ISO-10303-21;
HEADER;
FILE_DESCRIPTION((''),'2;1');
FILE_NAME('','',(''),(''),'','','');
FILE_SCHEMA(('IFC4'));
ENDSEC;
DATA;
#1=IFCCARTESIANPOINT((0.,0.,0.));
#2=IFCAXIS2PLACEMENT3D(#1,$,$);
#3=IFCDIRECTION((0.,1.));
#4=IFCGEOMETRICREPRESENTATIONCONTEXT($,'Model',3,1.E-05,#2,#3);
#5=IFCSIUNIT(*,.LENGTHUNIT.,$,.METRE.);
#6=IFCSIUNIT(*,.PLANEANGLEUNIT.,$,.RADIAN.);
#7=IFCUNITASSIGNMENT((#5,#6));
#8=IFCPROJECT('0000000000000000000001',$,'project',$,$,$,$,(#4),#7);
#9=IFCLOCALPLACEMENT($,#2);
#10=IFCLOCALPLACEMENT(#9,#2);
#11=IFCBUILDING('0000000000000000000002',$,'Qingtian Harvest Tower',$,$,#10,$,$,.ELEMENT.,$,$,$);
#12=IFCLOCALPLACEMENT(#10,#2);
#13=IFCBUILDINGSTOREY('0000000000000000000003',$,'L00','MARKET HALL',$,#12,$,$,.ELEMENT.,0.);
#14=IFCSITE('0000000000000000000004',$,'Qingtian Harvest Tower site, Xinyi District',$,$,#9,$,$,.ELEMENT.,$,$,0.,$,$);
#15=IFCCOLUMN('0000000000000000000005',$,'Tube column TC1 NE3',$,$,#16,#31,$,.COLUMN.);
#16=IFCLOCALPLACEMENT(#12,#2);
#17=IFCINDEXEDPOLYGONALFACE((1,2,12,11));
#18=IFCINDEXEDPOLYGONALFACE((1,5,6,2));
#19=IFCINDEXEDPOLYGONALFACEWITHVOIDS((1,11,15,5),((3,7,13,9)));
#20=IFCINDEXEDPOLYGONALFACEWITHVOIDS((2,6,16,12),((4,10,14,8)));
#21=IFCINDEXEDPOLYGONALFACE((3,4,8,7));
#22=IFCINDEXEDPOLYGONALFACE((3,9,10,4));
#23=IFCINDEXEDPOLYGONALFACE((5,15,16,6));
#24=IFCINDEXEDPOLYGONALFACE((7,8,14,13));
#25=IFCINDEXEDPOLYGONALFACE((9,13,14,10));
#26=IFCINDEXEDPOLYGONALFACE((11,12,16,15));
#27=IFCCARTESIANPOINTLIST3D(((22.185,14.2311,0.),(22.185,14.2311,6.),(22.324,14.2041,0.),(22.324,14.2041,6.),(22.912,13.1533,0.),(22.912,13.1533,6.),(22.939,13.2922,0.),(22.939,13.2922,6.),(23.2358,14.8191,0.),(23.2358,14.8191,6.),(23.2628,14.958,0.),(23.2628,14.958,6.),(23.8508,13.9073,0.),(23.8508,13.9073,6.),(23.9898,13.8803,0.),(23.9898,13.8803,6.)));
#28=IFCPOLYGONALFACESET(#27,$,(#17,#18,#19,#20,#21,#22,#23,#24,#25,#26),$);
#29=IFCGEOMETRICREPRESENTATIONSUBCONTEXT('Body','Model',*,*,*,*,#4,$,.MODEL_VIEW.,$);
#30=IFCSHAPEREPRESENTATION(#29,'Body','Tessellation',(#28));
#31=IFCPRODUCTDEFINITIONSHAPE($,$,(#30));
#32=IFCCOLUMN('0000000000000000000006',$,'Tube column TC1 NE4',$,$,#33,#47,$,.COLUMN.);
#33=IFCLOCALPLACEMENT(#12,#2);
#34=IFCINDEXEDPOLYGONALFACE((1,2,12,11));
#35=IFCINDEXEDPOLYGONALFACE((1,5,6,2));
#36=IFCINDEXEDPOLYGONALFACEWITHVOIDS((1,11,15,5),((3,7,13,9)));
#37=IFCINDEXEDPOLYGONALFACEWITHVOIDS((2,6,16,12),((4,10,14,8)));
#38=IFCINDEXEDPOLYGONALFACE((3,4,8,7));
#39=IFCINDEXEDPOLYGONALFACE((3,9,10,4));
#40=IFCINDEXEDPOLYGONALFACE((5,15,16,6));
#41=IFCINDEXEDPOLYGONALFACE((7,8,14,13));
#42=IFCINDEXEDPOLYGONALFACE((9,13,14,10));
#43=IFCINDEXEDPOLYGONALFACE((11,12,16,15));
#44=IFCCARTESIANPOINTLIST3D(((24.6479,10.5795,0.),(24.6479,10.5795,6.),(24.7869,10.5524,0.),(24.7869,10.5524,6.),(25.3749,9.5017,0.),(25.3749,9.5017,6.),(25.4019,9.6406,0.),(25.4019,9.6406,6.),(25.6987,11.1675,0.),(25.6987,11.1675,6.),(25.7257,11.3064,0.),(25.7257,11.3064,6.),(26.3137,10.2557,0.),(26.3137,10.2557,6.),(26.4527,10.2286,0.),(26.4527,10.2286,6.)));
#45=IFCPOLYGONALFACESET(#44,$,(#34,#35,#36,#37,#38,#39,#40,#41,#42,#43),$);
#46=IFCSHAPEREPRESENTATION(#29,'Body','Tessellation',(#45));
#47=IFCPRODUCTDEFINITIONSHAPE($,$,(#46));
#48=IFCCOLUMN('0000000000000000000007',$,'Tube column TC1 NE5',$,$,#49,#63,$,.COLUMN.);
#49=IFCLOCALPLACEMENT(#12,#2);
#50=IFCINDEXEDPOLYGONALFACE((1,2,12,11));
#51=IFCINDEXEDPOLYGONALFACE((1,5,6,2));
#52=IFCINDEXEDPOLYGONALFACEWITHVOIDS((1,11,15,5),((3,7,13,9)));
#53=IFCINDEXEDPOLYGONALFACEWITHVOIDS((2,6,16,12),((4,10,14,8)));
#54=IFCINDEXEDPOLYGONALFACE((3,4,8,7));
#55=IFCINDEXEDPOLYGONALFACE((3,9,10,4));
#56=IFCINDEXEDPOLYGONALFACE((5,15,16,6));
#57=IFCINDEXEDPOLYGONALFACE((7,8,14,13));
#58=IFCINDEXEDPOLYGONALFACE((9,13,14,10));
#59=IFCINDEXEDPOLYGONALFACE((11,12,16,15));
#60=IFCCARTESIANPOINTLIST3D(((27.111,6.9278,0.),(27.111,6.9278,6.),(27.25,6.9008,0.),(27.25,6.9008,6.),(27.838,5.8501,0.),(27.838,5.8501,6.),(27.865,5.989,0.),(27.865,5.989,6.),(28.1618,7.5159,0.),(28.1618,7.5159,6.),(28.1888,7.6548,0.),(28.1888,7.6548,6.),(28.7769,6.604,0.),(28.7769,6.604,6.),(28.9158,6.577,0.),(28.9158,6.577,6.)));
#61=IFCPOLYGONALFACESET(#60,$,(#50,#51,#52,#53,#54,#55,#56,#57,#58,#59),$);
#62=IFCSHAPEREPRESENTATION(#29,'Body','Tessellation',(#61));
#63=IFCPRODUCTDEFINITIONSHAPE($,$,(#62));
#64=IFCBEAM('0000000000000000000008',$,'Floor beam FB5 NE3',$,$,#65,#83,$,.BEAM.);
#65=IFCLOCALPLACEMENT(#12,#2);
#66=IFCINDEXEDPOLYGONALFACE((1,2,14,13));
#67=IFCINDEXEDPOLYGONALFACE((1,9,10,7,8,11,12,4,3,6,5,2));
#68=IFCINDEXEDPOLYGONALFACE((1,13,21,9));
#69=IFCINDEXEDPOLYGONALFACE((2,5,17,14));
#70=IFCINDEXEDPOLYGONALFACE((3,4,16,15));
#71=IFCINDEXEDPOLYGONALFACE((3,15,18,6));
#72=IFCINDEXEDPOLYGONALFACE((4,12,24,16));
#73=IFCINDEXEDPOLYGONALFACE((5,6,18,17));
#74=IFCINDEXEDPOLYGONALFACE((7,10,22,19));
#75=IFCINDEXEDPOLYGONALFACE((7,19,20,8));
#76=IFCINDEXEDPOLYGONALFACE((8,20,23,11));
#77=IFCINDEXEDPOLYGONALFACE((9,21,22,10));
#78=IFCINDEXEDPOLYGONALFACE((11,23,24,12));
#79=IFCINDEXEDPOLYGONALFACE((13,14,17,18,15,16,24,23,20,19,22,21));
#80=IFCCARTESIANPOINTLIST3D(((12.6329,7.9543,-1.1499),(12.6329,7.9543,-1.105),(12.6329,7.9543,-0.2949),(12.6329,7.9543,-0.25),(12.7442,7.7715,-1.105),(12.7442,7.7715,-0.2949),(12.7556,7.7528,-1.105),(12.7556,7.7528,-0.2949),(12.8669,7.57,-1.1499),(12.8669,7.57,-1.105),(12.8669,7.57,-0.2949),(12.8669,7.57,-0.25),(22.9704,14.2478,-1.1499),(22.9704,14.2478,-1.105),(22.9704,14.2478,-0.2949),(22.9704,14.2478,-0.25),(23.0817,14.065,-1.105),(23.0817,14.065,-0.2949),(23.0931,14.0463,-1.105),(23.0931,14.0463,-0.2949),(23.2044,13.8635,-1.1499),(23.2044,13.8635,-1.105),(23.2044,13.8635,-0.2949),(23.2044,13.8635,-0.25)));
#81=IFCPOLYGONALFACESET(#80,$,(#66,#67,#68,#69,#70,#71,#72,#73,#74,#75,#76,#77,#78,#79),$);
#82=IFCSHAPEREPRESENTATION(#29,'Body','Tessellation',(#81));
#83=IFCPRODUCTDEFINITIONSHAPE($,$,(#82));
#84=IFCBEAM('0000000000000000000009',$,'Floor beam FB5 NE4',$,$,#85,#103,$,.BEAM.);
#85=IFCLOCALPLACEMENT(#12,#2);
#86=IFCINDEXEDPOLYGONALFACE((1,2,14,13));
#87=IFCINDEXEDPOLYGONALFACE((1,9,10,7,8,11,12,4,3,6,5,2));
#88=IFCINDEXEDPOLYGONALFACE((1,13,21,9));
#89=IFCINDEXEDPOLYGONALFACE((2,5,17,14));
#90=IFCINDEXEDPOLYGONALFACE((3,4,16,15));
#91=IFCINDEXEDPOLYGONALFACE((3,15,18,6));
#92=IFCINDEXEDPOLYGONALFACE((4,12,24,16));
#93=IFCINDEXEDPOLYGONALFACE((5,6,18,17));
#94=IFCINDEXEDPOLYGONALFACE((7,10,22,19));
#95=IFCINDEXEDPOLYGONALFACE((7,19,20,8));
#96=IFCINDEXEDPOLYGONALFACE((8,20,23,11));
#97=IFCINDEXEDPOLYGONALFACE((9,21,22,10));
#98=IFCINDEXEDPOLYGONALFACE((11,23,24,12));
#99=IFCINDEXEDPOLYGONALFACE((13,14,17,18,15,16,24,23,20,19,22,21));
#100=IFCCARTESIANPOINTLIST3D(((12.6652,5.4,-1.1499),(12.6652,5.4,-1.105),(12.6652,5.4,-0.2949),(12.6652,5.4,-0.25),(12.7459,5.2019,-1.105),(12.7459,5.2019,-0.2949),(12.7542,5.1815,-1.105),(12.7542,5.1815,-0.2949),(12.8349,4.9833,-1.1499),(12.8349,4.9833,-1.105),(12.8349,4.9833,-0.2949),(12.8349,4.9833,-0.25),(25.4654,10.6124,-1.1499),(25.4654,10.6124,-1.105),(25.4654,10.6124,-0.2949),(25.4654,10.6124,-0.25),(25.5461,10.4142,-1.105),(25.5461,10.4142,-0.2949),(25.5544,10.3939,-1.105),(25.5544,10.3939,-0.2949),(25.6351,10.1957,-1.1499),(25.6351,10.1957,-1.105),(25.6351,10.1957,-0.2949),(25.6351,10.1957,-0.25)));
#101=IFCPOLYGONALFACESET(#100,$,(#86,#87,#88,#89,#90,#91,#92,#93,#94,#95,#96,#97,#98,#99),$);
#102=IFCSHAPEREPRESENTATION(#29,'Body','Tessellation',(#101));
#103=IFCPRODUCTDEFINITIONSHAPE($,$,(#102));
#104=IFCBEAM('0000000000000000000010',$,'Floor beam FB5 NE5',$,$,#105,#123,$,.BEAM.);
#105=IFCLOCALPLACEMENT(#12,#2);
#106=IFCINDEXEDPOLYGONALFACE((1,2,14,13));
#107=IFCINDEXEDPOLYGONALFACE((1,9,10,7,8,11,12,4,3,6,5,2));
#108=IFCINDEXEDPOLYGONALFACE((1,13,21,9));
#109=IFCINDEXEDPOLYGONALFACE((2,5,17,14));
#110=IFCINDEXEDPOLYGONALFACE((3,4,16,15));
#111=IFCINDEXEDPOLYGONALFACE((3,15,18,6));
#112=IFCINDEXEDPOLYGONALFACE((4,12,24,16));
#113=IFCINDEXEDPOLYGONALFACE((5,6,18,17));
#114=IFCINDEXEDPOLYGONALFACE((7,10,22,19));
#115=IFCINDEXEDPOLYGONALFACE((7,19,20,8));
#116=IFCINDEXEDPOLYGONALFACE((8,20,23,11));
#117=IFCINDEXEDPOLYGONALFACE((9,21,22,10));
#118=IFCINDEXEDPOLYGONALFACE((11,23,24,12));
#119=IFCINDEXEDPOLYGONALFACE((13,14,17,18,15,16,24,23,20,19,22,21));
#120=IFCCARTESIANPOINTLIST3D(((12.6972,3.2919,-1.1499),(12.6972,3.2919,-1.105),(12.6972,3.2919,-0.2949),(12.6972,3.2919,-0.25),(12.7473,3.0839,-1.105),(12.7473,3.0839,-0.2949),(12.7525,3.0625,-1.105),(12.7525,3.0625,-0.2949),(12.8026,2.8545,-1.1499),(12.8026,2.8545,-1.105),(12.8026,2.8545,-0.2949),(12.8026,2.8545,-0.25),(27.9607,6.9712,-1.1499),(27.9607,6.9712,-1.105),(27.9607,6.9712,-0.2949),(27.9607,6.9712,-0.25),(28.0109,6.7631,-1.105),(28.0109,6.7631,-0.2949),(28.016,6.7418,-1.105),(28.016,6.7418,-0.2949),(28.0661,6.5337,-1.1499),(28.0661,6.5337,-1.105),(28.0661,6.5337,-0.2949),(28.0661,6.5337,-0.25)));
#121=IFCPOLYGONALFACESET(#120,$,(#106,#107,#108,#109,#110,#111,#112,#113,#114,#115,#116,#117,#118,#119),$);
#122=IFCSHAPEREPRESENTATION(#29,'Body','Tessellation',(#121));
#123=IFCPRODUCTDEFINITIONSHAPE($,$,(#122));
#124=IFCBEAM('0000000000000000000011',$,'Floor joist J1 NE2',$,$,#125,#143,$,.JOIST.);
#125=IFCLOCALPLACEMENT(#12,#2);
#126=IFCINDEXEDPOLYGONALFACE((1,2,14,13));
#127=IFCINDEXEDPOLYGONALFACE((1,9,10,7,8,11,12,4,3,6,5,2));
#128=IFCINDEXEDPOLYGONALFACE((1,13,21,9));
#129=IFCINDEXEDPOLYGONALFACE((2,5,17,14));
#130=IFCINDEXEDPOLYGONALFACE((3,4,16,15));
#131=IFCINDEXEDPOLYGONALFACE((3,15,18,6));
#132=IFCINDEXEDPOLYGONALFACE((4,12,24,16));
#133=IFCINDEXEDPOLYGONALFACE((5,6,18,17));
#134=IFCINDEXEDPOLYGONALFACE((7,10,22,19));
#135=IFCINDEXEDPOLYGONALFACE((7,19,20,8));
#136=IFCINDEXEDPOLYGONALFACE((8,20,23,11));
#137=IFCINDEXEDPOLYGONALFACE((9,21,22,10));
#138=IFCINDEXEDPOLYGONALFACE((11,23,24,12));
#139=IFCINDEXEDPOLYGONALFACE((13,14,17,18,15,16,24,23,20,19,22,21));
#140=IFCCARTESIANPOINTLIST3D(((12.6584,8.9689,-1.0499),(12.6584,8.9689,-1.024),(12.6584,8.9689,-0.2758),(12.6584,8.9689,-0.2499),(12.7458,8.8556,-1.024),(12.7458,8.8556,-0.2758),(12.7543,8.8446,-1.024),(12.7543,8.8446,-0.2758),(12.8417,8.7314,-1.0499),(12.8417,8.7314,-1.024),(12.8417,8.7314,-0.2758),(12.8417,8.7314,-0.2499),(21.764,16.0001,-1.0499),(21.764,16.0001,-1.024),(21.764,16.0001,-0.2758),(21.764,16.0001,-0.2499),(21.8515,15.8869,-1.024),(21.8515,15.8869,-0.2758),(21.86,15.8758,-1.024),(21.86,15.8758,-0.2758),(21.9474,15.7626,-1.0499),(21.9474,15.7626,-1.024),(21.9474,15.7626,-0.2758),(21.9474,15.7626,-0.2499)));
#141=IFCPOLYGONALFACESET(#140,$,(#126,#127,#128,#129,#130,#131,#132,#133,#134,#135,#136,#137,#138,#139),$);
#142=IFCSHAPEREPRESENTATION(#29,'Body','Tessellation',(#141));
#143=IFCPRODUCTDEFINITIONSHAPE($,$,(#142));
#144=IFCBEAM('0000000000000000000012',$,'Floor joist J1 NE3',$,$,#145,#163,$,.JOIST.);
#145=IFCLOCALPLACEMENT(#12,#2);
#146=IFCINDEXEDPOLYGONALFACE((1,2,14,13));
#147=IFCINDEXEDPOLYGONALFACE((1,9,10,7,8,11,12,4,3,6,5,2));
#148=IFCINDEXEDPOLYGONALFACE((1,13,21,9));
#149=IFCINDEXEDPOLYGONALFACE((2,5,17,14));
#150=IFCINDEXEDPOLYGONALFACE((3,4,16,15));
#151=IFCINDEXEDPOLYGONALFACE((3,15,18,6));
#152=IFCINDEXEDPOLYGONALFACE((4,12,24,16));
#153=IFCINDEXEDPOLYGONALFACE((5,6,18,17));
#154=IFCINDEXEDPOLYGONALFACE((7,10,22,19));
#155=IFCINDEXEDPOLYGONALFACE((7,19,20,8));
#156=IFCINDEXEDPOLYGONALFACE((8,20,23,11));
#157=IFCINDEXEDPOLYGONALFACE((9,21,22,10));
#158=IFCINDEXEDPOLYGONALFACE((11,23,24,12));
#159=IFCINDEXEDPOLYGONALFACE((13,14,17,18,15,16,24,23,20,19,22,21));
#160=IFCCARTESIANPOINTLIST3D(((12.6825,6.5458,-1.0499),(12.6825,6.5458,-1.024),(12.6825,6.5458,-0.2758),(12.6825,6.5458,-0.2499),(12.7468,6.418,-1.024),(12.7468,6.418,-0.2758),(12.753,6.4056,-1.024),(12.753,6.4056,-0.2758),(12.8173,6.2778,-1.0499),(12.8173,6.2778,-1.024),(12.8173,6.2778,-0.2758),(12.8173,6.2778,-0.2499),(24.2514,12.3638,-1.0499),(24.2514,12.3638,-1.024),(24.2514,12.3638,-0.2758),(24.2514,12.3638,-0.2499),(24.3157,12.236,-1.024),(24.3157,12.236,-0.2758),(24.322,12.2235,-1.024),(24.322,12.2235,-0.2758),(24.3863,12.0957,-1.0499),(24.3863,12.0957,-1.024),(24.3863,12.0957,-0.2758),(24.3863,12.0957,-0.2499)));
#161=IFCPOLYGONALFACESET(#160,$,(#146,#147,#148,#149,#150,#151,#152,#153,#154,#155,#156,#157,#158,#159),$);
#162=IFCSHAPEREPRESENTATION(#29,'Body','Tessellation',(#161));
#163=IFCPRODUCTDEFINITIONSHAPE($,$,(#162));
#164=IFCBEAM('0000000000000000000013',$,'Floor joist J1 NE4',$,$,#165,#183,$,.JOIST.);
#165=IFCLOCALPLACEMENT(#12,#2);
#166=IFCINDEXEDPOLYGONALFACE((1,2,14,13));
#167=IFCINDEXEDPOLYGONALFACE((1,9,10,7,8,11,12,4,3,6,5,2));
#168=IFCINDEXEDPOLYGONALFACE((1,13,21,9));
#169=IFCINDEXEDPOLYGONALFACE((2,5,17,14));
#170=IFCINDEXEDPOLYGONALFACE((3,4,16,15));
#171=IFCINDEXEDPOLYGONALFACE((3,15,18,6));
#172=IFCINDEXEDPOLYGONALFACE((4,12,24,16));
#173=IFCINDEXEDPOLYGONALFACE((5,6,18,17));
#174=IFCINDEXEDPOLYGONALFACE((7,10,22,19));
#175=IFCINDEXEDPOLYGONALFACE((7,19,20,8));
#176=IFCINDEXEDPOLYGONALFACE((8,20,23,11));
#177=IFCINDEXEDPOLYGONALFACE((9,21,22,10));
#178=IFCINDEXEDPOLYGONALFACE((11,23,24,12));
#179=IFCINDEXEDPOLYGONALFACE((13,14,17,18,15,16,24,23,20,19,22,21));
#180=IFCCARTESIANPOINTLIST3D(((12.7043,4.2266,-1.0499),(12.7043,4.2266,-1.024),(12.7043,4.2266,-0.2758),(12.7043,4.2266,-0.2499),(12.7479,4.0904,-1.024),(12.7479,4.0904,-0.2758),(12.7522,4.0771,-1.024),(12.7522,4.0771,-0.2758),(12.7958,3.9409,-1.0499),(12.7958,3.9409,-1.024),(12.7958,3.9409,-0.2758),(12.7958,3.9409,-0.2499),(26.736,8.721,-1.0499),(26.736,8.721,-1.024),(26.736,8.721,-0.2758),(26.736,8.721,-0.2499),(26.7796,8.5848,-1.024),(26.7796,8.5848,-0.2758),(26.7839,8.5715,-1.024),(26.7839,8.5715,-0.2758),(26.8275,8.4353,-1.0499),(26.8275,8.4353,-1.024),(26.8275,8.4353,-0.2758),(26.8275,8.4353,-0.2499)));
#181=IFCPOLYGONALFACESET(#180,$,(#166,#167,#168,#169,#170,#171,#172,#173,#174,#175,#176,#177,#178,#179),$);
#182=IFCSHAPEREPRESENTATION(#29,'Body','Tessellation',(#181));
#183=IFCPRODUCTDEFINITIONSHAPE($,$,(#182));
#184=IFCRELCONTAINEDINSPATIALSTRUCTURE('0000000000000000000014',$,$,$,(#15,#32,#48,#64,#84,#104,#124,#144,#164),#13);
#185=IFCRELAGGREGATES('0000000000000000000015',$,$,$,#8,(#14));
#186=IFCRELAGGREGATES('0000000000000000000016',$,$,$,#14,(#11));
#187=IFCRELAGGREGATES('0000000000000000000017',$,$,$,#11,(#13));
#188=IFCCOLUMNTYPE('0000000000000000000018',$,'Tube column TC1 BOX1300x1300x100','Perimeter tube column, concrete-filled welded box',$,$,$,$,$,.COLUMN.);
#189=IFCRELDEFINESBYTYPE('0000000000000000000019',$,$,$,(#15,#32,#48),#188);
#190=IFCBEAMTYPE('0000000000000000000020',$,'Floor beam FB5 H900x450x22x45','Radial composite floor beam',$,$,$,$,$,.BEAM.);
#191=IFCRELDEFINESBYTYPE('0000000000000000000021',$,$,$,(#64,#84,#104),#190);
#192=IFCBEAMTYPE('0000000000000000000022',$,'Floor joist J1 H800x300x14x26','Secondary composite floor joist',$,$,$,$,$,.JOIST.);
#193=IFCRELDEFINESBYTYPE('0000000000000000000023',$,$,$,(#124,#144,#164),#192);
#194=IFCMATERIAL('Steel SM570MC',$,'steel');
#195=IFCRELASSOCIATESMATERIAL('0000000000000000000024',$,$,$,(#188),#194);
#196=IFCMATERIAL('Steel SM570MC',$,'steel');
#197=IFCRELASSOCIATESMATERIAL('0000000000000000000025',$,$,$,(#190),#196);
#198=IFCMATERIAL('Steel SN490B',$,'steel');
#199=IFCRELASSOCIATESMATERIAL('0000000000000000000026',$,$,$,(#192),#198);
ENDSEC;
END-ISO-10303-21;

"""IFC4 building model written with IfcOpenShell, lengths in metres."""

from ifc_helpers import new_model, si_unit, direction, frame, origin, origin_2d, place, context, subcontext, project, spatial, hollow_rectangle, i_section, extrude, material, material_profile, profile_set, type_object, element, save


model = new_model("IFC4")

# Units and contexts
model_context = context("Model", 3, precision=1e-05, world=origin(), true_north=direction((0.0, 1.0)))
body_context = subcontext(model_context, "Body", "Model", "MODEL_VIEW")
ifc_project = project(units=[si_unit("LENGTHUNIT", "METRE"), si_unit("PLANEANGLEUNIT", "RADIAN")], contexts=[model_context])

# Site, building, storey
site_placement = place(None, origin())
site = spatial("IfcSite", under=ifc_project, at=site_placement, Name="Qingtian Harvest Tower site, Xinyi District", CompositionType="ELEMENT", RefElevation=0.0)
building_placement = place(site_placement, origin())
building = spatial("IfcBuilding", under=site, at=building_placement, Name="Qingtian Harvest Tower", CompositionType="ELEMENT")
storey_placement = place(building_placement, origin())
storey = spatial("IfcBuildingStorey", under=building, at=storey_placement, Name="L00", Description="MARKET HALL", CompositionType="ELEMENT", Elevation=0.0)

# Columns
ifc_material_1 = material(Name="Steel SM570MC", Category="steel")
ifc_material_profile_1 = material_profile(ifc_material_1, hollow_rectangle(XDim=1.3, YDim=1.3, WallThickness=0.1001, at=origin_2d()), Name="BOX1300x1300x100")
ifc_profile_set_1 = profile_set([ifc_material_profile_1], Name="Steel SM570MC")
column_type = type_object("IfcColumnType", Name="Tube column TC1 BOX1300x1300x100", Description="Perimeter tube column, concrete-filled welded box", PredefinedType="COLUMN", material=ifc_profile_set_1)
for number, where, z_axis, x_axis, name in (
    (1, (23.0874, 14.0557, 0.0), (0.0, 0.0, 1.0), (-0.559193, 0.829038, 0.0), "Tube column TC1 NE3"),
    (2, (25.5503, 10.4041, 0.0), (0.0, 0.0, 1.0), (-0.559193, 0.829038, 0.0), "Tube column TC1 NE4"),
    (3, (28.0134, 6.7524, 0.0), (0.0, 0.0, 1.0), (-0.559193, 0.829038, 0.0), "Tube column TC1 NE5"),
):
    element("IfcColumn", number, at=place(storey_placement, frame(where, z_axis=z_axis, x_axis=x_axis)), inside=storey, type_object=column_type, Name=name, PredefinedType="COLUMN", context=body_context, shape_type="SweptSolid", body=[
        extrude(hollow_rectangle(XDim=1.3, YDim=1.3, WallThickness=0.1001, at=origin_2d()), origin(), (0.0, 0.0, 1.0), 6.0),
    ])

# Beams
ifc_material_2 = material(Name="Steel SM570MC", Category="steel")
ifc_material_profile_2 = material_profile(ifc_material_2, i_section(OverallWidth=0.45, OverallDepth=0.8999, WebThickness=0.022, FlangeThickness=0.0449, at=origin_2d()), Name="H900x450x22x45")
ifc_profile_set_2 = profile_set([ifc_material_profile_2], Name="Steel SM570MC")
beam_type_1 = type_object("IfcBeamType", Name="Floor beam FB5 H900x450x22x45", Description="Radial composite floor beam", PredefinedType="BEAM", material=ifc_profile_set_2)
beam_1_placement = place(storey_placement, frame((23.0874, 14.0557, -0.7), z_axis=(-0.854157, -0.520015, 0.0), x_axis=(0.520015, -0.854157, 0.0)))
element("IfcBeam", 4, at=beam_1_placement, inside=storey, type_object=beam_type_1, Name="Floor beam FB5 NE3", PredefinedType="BEAM", context=body_context, shape_type="SweptSolid", body=[
    extrude(i_section(OverallWidth=0.45, OverallDepth=0.8999, WebThickness=0.022, FlangeThickness=0.0449, at=origin_2d()), origin(), (0.0, 0.0, 1.0), 12.1025),
])
beam_2_placement = place(storey_placement, frame((25.5503, 10.4041, -0.7), z_axis=(-0.926156, -0.37714, 0.0), x_axis=(0.37714, -0.926156, 0.0)))
element("IfcBeam", 5, at=beam_2_placement, inside=storey, type_object=beam_type_1, Name="Floor beam FB5 NE4", PredefinedType="BEAM", context=body_context, shape_type="SweptSolid", body=[
    extrude(i_section(OverallWidth=0.45, OverallDepth=0.8999, WebThickness=0.022, FlangeThickness=0.0449, at=origin_2d()), origin(), (0.0, 0.0, 1.0), 13.8208),
])
beam_3_placement = place(storey_placement, frame((28.0134, 6.7524, -0.7), z_axis=(-0.972156, -0.234335, 0.0), x_axis=(0.234335, -0.972156, 0.0)))
element("IfcBeam", 6, at=beam_3_placement, inside=storey, type_object=beam_type_1, Name="Floor beam FB5 NE5", PredefinedType="BEAM", context=body_context, shape_type="SweptSolid", body=[
    extrude(i_section(OverallWidth=0.45, OverallDepth=0.8999, WebThickness=0.022, FlangeThickness=0.0449, at=origin_2d()), origin(), (0.0, 0.0, 1.0), 15.7007),
])
ifc_material_3 = material(Name="Steel SN490B", Category="steel")
ifc_material_profile_3 = material_profile(ifc_material_3, i_section(OverallWidth=0.3, OverallDepth=0.8, WebThickness=0.0139, FlangeThickness=0.0259, at=origin_2d()), Name="H800x300x14x26")
ifc_profile_set_3 = profile_set([ifc_material_profile_3], Name="Steel SN490B")
beam_type_2 = type_object("IfcBeamType", Name="Floor joist J1 H800x300x14x26", Description="Secondary composite floor joist", PredefinedType="JOIST", material=ifc_profile_set_3)
beam_4_placement = place(storey_placement, frame((21.8557, 15.8813, -0.6499), z_axis=(-0.791495, -0.611176, 0.0), x_axis=(0.611176, -0.791495, 0.0)))
element("IfcBeam", 7, at=beam_4_placement, inside=storey, type_object=beam_type_2, Name="Floor joist J1 NE2", PredefinedType="JOIST", context=body_context, shape_type="SweptSolid", body=[
    extrude(i_section(OverallWidth=0.3, OverallDepth=0.8, WebThickness=0.0139, FlangeThickness=0.0259, at=origin_2d()), origin(), (0.0, 0.0, 1.0), 11.5044),
])
beam_5_placement = place(storey_placement, frame((24.3188, 12.2297, -0.6499), z_axis=(-0.893392, -0.449279, 0.0), x_axis=(0.449279, -0.893392, 0.0)))
element("IfcBeam", 8, at=beam_5_placement, inside=storey, type_object=beam_type_2, Name="Floor joist J1 NE3", PredefinedType="JOIST", context=body_context, shape_type="SweptSolid", body=[
    extrude(i_section(OverallWidth=0.3, OverallDepth=0.8, WebThickness=0.0139, FlangeThickness=0.0259, at=origin_2d()), origin(), (0.0, 0.0, 1.0), 12.9495),
])
beam_6_placement = place(storey_placement, frame((26.7817, 8.5781, -0.6499), z_axis=(-0.952341, -0.305036, 0.0), x_axis=(0.305036, -0.952341, 0.0)))
element("IfcBeam", 9, at=beam_6_placement, inside=storey, type_object=beam_type_2, Name="Floor joist J1 NE4", PredefinedType="JOIST", context=body_context, shape_type="SweptSolid", body=[
    extrude(i_section(OverallWidth=0.3, OverallDepth=0.8, WebThickness=0.0139, FlangeThickness=0.0259, at=origin_2d()), origin(), (0.0, 0.0, 1.0), 14.7339),
])

save(model, "model.ifc")
